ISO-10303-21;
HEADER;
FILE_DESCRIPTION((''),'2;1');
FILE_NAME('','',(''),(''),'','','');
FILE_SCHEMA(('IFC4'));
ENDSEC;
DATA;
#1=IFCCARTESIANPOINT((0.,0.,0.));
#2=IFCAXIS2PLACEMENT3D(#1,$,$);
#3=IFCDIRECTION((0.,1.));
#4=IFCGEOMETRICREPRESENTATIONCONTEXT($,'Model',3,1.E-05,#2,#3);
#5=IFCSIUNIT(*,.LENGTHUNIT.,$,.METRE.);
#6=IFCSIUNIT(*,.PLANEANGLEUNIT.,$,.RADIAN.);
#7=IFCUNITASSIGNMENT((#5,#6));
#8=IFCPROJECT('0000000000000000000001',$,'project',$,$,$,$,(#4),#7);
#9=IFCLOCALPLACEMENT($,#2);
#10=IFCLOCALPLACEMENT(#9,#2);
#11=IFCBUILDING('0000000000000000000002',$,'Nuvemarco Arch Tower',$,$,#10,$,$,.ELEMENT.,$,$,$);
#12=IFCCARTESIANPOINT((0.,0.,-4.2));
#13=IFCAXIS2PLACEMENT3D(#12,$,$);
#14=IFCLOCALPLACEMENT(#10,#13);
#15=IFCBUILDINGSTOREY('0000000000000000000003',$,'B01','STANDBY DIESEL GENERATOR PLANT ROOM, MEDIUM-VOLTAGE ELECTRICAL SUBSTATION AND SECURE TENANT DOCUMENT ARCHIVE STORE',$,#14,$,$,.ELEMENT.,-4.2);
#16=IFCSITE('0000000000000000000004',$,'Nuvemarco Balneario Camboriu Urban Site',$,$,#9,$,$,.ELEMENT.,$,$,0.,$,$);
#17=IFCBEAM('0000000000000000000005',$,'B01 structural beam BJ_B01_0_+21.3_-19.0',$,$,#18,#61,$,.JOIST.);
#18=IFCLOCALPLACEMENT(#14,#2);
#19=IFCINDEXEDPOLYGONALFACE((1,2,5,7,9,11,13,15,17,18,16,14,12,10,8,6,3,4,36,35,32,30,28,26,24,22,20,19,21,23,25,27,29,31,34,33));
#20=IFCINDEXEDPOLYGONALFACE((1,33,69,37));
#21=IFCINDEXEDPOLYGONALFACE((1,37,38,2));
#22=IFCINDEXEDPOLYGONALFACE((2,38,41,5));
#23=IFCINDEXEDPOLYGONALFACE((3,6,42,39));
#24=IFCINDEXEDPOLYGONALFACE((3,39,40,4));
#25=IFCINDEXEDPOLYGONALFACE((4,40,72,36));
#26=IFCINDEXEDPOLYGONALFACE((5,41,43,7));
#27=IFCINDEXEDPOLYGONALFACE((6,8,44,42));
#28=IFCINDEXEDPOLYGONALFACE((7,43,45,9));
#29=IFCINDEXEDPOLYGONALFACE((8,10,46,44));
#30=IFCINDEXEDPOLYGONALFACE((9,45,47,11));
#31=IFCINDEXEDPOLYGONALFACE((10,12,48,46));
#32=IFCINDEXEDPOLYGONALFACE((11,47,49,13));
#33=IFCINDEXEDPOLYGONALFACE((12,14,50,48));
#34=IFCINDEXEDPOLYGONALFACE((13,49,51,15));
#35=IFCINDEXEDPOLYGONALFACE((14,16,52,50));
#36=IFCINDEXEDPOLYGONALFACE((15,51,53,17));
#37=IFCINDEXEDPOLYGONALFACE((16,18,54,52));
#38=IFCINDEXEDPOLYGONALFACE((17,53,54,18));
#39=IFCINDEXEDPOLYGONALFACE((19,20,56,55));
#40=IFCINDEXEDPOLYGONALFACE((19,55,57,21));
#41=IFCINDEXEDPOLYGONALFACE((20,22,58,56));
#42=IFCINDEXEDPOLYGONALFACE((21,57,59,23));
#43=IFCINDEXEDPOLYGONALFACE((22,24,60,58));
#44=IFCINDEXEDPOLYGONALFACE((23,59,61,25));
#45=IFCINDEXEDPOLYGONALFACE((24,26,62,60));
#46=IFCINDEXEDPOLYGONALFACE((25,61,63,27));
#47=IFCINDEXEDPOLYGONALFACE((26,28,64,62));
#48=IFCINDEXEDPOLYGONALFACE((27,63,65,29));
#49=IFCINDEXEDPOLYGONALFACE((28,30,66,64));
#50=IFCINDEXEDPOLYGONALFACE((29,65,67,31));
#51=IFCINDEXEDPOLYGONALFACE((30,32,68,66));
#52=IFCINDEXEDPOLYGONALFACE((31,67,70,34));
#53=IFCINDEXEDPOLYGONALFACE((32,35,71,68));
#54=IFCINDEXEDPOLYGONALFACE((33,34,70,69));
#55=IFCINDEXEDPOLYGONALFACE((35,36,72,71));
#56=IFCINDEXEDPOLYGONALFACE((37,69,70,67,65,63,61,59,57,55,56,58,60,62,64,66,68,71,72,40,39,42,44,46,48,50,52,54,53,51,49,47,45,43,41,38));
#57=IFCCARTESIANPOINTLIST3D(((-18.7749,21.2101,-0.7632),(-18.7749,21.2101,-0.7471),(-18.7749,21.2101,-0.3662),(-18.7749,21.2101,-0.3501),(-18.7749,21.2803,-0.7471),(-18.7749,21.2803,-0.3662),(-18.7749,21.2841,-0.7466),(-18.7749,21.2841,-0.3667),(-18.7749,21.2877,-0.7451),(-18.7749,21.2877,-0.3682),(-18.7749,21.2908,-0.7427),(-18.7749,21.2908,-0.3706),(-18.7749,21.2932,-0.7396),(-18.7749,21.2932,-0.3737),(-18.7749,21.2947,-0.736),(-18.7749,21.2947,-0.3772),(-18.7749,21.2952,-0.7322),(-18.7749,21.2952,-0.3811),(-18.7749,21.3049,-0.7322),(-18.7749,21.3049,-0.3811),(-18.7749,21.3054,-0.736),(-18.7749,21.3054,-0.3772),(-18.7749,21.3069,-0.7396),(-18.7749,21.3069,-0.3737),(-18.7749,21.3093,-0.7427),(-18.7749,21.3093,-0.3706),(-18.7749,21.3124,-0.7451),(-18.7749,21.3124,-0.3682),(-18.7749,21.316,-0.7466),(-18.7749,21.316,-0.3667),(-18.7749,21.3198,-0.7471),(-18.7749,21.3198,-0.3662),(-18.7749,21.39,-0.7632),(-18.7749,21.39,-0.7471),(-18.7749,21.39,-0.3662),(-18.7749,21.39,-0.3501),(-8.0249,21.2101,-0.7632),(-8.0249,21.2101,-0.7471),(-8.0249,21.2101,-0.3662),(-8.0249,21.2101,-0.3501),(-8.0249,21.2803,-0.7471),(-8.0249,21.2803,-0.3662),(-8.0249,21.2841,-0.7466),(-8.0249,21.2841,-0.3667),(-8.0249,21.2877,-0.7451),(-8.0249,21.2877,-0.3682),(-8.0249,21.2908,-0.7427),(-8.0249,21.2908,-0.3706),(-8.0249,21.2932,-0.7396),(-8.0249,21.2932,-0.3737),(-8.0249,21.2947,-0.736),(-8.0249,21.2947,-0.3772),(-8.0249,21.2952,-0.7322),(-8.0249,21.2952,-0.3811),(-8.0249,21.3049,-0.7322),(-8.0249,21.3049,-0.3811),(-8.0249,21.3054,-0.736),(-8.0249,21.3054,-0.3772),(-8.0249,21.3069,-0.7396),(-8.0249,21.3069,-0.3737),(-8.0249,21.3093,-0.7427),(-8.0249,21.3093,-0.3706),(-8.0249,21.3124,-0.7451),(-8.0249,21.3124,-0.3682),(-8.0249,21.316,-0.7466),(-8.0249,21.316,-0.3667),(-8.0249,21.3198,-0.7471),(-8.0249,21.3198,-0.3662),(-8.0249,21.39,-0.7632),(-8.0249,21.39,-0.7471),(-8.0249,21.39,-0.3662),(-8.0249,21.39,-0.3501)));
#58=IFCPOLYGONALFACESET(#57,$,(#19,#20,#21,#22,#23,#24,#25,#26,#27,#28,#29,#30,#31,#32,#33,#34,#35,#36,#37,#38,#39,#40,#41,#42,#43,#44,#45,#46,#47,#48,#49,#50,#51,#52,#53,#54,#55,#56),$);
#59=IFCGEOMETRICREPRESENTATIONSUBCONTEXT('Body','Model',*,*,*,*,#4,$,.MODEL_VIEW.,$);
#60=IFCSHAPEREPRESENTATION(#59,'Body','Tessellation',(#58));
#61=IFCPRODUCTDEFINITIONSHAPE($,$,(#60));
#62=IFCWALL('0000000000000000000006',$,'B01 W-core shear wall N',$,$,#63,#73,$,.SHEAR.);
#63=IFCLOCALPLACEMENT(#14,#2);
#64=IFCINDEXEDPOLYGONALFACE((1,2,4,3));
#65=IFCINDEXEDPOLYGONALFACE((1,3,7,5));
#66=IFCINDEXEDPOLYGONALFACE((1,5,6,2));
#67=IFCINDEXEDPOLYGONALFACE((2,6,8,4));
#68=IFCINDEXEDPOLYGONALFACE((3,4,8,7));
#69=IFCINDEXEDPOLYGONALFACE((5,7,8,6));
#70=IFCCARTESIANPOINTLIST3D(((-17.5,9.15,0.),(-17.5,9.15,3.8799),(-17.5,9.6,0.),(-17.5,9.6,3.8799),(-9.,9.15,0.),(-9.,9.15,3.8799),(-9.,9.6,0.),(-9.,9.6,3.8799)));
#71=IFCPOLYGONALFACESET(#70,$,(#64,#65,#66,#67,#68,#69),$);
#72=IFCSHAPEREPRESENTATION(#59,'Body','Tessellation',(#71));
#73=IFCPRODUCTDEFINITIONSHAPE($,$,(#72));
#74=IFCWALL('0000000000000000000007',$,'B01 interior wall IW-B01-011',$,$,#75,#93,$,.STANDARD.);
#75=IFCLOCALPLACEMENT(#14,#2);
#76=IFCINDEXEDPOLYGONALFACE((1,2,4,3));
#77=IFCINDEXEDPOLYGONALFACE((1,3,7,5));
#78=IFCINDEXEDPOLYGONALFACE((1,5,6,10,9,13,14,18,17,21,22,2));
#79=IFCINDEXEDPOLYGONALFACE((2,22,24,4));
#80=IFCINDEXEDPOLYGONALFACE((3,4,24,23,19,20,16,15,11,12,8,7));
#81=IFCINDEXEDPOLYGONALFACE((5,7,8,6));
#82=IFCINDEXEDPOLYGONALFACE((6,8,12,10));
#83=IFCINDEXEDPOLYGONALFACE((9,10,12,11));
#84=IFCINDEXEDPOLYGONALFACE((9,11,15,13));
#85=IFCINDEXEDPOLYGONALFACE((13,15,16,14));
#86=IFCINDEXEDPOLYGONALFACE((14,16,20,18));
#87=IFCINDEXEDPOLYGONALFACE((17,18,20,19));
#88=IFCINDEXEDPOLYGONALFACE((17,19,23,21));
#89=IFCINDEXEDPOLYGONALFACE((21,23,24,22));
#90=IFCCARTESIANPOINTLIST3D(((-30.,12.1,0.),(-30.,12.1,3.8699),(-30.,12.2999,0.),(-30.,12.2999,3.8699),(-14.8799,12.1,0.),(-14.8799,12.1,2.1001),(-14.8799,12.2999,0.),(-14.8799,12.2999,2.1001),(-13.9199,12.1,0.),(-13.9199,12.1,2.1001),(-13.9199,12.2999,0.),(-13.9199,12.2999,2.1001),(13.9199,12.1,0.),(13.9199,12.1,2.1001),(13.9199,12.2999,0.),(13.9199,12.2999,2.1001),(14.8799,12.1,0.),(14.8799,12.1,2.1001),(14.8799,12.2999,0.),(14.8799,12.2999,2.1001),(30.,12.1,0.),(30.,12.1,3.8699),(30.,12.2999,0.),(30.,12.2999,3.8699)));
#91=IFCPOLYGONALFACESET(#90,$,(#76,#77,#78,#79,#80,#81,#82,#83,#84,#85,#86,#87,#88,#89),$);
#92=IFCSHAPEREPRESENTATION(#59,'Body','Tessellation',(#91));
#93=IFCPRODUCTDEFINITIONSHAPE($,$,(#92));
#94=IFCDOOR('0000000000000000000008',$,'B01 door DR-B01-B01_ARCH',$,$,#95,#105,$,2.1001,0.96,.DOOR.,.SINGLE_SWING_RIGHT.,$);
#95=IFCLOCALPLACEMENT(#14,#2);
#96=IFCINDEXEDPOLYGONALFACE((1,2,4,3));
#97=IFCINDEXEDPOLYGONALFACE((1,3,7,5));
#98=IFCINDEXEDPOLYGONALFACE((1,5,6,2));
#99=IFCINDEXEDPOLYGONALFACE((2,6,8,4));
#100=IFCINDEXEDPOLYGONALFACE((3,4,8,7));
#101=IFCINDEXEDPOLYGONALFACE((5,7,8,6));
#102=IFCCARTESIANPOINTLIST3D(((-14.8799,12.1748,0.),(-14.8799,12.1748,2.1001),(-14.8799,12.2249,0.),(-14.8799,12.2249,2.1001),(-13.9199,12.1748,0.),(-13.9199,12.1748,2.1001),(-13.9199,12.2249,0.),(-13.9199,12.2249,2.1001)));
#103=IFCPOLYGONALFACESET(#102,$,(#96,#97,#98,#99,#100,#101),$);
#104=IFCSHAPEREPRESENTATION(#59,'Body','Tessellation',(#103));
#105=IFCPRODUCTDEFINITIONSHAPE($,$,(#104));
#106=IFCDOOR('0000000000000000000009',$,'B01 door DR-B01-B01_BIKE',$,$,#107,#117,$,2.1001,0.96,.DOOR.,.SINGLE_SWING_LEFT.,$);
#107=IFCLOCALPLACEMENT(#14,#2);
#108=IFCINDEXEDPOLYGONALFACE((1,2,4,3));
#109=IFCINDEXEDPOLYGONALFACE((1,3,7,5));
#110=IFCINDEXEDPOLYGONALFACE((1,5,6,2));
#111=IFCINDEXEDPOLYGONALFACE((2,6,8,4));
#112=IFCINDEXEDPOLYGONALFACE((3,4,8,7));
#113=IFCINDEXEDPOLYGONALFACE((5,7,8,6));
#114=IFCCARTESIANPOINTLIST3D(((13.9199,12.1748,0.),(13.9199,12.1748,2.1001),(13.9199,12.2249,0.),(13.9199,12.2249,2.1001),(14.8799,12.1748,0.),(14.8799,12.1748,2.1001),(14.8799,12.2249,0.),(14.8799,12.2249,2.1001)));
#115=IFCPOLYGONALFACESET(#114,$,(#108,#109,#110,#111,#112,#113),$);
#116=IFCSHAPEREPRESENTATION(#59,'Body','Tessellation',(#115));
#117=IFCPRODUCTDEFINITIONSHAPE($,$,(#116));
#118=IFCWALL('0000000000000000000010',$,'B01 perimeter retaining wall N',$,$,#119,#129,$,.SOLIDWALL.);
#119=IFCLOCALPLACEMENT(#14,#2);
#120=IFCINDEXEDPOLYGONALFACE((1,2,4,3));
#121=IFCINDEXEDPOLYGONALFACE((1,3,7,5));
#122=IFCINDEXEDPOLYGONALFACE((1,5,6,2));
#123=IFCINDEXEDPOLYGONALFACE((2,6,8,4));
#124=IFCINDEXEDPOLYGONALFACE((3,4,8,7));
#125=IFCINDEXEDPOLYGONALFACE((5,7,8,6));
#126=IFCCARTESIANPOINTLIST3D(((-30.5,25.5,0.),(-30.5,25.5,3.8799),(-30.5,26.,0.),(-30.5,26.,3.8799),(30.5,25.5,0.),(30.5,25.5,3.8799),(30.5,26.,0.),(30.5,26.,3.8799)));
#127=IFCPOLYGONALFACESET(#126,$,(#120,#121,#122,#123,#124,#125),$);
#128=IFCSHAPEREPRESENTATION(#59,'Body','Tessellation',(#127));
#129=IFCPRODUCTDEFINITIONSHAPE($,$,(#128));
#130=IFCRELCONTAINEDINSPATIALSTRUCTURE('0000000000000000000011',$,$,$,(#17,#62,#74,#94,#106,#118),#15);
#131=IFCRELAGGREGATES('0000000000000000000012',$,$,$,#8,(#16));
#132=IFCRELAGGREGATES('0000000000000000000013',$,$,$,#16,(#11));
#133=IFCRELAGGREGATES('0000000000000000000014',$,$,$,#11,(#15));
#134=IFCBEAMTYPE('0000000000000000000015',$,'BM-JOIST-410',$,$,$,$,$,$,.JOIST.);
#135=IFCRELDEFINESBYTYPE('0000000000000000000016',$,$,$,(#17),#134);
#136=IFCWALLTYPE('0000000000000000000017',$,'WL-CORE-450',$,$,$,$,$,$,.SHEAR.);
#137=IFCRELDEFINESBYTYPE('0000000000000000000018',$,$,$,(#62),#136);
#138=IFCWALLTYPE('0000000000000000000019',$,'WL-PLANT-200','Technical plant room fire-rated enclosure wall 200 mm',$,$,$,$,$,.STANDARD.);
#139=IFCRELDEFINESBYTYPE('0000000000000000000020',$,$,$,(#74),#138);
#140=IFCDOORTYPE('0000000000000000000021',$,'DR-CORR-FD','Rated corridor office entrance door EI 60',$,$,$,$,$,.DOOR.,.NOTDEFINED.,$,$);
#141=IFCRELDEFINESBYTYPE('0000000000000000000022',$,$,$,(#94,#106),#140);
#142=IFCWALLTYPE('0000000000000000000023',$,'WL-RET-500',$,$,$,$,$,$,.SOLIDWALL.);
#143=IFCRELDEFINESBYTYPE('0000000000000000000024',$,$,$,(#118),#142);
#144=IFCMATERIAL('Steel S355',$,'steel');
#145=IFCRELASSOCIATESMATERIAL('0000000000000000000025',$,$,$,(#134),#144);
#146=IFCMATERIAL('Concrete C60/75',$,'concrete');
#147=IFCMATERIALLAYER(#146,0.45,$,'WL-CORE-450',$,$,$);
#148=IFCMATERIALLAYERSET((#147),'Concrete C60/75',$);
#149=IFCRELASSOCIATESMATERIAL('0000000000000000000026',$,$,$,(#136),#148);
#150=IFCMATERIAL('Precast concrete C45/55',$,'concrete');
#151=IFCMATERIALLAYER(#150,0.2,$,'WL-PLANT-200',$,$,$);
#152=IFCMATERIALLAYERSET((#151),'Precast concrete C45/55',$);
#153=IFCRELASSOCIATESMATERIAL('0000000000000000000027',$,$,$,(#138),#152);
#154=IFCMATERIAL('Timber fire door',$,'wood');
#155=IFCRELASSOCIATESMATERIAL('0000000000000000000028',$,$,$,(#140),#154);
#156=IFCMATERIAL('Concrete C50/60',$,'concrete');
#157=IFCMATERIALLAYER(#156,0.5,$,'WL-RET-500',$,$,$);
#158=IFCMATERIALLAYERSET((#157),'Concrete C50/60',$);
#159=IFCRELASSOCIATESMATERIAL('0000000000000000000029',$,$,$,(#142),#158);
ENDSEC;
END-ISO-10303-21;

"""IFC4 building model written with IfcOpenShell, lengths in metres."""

from ifc_helpers import new_model, si_unit, direction, frame, frame_2d, origin, origin_2d, place, context, subcontext, project, spatial, rectangle, i_section, extrude, source, transform, mapped, material, layer, layer_set, material_profile, profile_set, type_object, type_shapes, element, fill, save


model = new_model("IFC4")

# Units and contexts
model_context = context("Model", 3, precision=1e-05, world=origin(), true_north=direction((0.0, 1.0)))
body_context = subcontext(model_context, "Body", "Model", "MODEL_VIEW")
ifc_project = project(units=[si_unit("LENGTHUNIT", "METRE"), si_unit("PLANEANGLEUNIT", "RADIAN")], contexts=[model_context])

# Site, building, storey
site_placement = place(None, origin())
site = spatial("IfcSite", under=ifc_project, at=site_placement, Name="Nuvemarco Balneario Camboriu Urban Site", CompositionType="ELEMENT", RefElevation=0.0)
building_placement = place(site_placement, origin())
building = spatial("IfcBuilding", under=site, at=building_placement, Name="Nuvemarco Arch Tower", CompositionType="ELEMENT")
storey_placement = place(building_placement, frame((0.0, 0.0, -4.2)))
storey = spatial("IfcBuildingStorey", under=building, at=storey_placement, Name="B01", Description="STANDBY DIESEL GENERATOR PLANT ROOM, MEDIUM-VOLTAGE ELECTRICAL SUBSTATION AND SECURE TENANT DOCUMENT ARCHIVE STORE", CompositionType="ELEMENT", Elevation=-4.2)

# Shared definitions
ifc_material_1 = material(Name="Concrete C60/75", Category="concrete")

# Beam
ifc_material_2 = material(Name="Concrete C50/60", Category="concrete")
ifc_material_3 = material(Name="Steel S355", Category="steel")
ifc_material_profile_1 = material_profile(ifc_material_3, i_section(OverallWidth=0.1799, OverallDepth=0.4131, WebThickness=0.0098, FlangeThickness=0.0161, FilletRadius=0.0149, at=origin_2d()), Name="W410x75")
ifc_profile_set_1 = profile_set([ifc_material_profile_1], Name="Steel S355")
beam_type_1 = type_object("IfcBeamType", Name="BM-JOIST-410", PredefinedType="JOIST", material=ifc_profile_set_1)
beam_1_placement = place(storey_placement, frame((-18.7749, 21.3, -0.5566), z_axis=(1.0, 0.0, 0.0), x_axis=(0.0, 1.0, 0.0)))
element("IfcBeam", 1, at=beam_1_placement, inside=storey, type_object=beam_type_1, Name="B01 structural beam BJ_B01_0_+21.3_-19.0", PredefinedType="JOIST", context=body_context, shape_type="SweptSolid", body=[
    extrude(i_section(OverallWidth=0.1799, OverallDepth=0.4131, WebThickness=0.0098, FlangeThickness=0.0161, FilletRadius=0.0149, at=origin_2d()), origin(), (0.0, 0.0, 1.0), 10.75),
])

# Wall
ifc_layer_1 = layer(ifc_material_1, 0.45, Name="WL-CORE-450")
ifc_layer_set_1 = layer_set([ifc_layer_1], Name="Concrete C60/75")
wall_type_1 = type_object("IfcWallType", Name="WL-CORE-450", PredefinedType="SHEAR", material=ifc_layer_set_1)
wall_1_placement = place(storey_placement, frame((-17.5, 9.375, 0.0), z_axis=(0.0, 0.0, 1.0), x_axis=(1.0, 0.0, 0.0)))
element("IfcWall", 2, at=wall_1_placement, inside=storey, type_object=wall_type_1, Name="B01 W-core shear wall N", PredefinedType="SHEAR", context=body_context, shape_type="SweptSolid", body=[
    extrude(rectangle(XDim=8.5, YDim=0.45, at=frame_2d((4.25, 0.0))), origin(), (0.0, 0.0, 1.0), 3.8799),
])

# Wall, openings, doors
ifc_material_4 = material(Name="Precast concrete C45/55", Category="concrete")
ifc_layer_2 = layer(ifc_material_4, 0.2, Name="WL-PLANT-200")
ifc_layer_set_2 = layer_set([ifc_layer_2], Name="Precast concrete C45/55")
wall_type_2 = type_object("IfcWallType", Name="WL-PLANT-200", Description="Technical plant room fire-rated enclosure wall 200 mm", PredefinedType="STANDARD", material=ifc_layer_set_2)
wall_2_placement = place(storey_placement, frame((-30.0, 12.2, 0.0), z_axis=(0.0, 0.0, 1.0), x_axis=(1.0, 0.0, 0.0)))
wall_2 = element("IfcWall", 3, at=wall_2_placement, inside=storey, type_object=wall_type_2, Name="B01 interior wall IW-B01-011", PredefinedType="STANDARD", context=body_context, shape_type="SweptSolid", body=[
    extrude(rectangle(XDim=60.0, YDim=0.2, at=frame_2d((30.0, 0.0))), origin(), (0.0, 0.0, 1.0), 3.8699),
])
opening_1_placement = place(wall_2_placement, frame((15.1201, 0.0, 0.0)))
opening_1 = element("IfcOpeningElement", 4, at=opening_1_placement, cuts=wall_2, PredefinedType="OPENING", context=body_context, shape_type="SweptSolid", body=[
    extrude(rectangle(XDim=0.96, YDim=2.1001, at=frame_2d((0.48, 1.05))), frame((0.0, 0.1099, 0.0), z_axis=(0.0, -1.0, 0.0), x_axis=(1.0, 0.0, 0.0)), (0.0, 0.0, 1.0), 0.22),
])
opening_2_placement = place(wall_2_placement, frame((43.9199, 0.0, 0.0)))
opening_2 = element("IfcOpeningElement", 5, at=opening_2_placement, cuts=wall_2, PredefinedType="OPENING", context=body_context, shape_type="SweptSolid", body=[
    extrude(rectangle(XDim=0.96, YDim=2.1001, at=frame_2d((0.48, 1.05))), frame((0.0, 0.1099, 0.0), z_axis=(0.0, -1.0, 0.0), x_axis=(1.0, 0.0, 0.0)), (0.0, 0.0, 1.0), 0.22),
])
ifc_material_5 = material(Name="Timber fire door", Category="wood")
door_type = type_object("IfcDoorType", Name="DR-CORR-FD", Description="Rated corridor office entrance door EI 60", OperationType="NOTDEFINED", PredefinedType="DOOR", material=ifc_material_5)
shared_shape = source(origin(), body_context, "Body", "SweptSolid", [
    extrude(rectangle(XDim=0.96, YDim=2.1001, at=frame_2d((0.48, 1.05))), frame((0.0, 0.0249, 0.0), z_axis=(0.0, -1.0, 0.0), x_axis=(1.0, 0.0, 0.0)), (0.0, 0.0, 1.0), 0.05),
])
type_shapes(door_type, [shared_shape])
door_1_placement = place(opening_1_placement, origin())
door_1 = element("IfcDoor", 6, at=door_1_placement, inside=storey, type_object=door_type, Name="B01 door DR-B01-B01_ARCH", OperationType="SINGLE_SWING_RIGHT", OverallHeight=2.1001, OverallWidth=0.96, PredefinedType="DOOR", context=body_context, shape_type="MappedRepresentation", body=[
    mapped(shared_shape, transform((0.0, 0.0, 0.0), scale=1.0)),
])
fill(opening_1, door_1)
door_2_placement = place(opening_2_placement, origin())
door_2 = element("IfcDoor", 7, at=door_2_placement, inside=storey, type_object=door_type, Name="B01 door DR-B01-B01_BIKE", OperationType="SINGLE_SWING_LEFT", OverallHeight=2.1001, OverallWidth=0.96, PredefinedType="DOOR", context=body_context, shape_type="MappedRepresentation", body=[
    mapped(shared_shape, transform((0.0, 0.0, 0.0), scale=1.0)),
])
fill(opening_2, door_2)

# Wall
ifc_layer_3 = layer(ifc_material_2, 0.5, Name="WL-RET-500")
ifc_layer_set_3 = layer_set([ifc_layer_3], Name="Concrete C50/60")
wall_type_3 = type_object("IfcWallType", Name="WL-RET-500", PredefinedType="SOLIDWALL", material=ifc_layer_set_3)
wall_3_placement = place(storey_placement, frame((-30.5, 25.75, 0.0), z_axis=(0.0, 0.0, 1.0), x_axis=(1.0, 0.0, 0.0)))
element("IfcWall", 8, at=wall_3_placement, inside=storey, type_object=wall_type_3, Name="B01 perimeter retaining wall N", PredefinedType="SOLIDWALL", context=body_context, shape_type="SweptSolid", body=[
    extrude(rectangle(XDim=61.0, YDim=0.5, at=frame_2d((30.5, 0.0))), origin(), (0.0, 0.0, 1.0), 3.8799),
])

save(model, "model.ifc")
